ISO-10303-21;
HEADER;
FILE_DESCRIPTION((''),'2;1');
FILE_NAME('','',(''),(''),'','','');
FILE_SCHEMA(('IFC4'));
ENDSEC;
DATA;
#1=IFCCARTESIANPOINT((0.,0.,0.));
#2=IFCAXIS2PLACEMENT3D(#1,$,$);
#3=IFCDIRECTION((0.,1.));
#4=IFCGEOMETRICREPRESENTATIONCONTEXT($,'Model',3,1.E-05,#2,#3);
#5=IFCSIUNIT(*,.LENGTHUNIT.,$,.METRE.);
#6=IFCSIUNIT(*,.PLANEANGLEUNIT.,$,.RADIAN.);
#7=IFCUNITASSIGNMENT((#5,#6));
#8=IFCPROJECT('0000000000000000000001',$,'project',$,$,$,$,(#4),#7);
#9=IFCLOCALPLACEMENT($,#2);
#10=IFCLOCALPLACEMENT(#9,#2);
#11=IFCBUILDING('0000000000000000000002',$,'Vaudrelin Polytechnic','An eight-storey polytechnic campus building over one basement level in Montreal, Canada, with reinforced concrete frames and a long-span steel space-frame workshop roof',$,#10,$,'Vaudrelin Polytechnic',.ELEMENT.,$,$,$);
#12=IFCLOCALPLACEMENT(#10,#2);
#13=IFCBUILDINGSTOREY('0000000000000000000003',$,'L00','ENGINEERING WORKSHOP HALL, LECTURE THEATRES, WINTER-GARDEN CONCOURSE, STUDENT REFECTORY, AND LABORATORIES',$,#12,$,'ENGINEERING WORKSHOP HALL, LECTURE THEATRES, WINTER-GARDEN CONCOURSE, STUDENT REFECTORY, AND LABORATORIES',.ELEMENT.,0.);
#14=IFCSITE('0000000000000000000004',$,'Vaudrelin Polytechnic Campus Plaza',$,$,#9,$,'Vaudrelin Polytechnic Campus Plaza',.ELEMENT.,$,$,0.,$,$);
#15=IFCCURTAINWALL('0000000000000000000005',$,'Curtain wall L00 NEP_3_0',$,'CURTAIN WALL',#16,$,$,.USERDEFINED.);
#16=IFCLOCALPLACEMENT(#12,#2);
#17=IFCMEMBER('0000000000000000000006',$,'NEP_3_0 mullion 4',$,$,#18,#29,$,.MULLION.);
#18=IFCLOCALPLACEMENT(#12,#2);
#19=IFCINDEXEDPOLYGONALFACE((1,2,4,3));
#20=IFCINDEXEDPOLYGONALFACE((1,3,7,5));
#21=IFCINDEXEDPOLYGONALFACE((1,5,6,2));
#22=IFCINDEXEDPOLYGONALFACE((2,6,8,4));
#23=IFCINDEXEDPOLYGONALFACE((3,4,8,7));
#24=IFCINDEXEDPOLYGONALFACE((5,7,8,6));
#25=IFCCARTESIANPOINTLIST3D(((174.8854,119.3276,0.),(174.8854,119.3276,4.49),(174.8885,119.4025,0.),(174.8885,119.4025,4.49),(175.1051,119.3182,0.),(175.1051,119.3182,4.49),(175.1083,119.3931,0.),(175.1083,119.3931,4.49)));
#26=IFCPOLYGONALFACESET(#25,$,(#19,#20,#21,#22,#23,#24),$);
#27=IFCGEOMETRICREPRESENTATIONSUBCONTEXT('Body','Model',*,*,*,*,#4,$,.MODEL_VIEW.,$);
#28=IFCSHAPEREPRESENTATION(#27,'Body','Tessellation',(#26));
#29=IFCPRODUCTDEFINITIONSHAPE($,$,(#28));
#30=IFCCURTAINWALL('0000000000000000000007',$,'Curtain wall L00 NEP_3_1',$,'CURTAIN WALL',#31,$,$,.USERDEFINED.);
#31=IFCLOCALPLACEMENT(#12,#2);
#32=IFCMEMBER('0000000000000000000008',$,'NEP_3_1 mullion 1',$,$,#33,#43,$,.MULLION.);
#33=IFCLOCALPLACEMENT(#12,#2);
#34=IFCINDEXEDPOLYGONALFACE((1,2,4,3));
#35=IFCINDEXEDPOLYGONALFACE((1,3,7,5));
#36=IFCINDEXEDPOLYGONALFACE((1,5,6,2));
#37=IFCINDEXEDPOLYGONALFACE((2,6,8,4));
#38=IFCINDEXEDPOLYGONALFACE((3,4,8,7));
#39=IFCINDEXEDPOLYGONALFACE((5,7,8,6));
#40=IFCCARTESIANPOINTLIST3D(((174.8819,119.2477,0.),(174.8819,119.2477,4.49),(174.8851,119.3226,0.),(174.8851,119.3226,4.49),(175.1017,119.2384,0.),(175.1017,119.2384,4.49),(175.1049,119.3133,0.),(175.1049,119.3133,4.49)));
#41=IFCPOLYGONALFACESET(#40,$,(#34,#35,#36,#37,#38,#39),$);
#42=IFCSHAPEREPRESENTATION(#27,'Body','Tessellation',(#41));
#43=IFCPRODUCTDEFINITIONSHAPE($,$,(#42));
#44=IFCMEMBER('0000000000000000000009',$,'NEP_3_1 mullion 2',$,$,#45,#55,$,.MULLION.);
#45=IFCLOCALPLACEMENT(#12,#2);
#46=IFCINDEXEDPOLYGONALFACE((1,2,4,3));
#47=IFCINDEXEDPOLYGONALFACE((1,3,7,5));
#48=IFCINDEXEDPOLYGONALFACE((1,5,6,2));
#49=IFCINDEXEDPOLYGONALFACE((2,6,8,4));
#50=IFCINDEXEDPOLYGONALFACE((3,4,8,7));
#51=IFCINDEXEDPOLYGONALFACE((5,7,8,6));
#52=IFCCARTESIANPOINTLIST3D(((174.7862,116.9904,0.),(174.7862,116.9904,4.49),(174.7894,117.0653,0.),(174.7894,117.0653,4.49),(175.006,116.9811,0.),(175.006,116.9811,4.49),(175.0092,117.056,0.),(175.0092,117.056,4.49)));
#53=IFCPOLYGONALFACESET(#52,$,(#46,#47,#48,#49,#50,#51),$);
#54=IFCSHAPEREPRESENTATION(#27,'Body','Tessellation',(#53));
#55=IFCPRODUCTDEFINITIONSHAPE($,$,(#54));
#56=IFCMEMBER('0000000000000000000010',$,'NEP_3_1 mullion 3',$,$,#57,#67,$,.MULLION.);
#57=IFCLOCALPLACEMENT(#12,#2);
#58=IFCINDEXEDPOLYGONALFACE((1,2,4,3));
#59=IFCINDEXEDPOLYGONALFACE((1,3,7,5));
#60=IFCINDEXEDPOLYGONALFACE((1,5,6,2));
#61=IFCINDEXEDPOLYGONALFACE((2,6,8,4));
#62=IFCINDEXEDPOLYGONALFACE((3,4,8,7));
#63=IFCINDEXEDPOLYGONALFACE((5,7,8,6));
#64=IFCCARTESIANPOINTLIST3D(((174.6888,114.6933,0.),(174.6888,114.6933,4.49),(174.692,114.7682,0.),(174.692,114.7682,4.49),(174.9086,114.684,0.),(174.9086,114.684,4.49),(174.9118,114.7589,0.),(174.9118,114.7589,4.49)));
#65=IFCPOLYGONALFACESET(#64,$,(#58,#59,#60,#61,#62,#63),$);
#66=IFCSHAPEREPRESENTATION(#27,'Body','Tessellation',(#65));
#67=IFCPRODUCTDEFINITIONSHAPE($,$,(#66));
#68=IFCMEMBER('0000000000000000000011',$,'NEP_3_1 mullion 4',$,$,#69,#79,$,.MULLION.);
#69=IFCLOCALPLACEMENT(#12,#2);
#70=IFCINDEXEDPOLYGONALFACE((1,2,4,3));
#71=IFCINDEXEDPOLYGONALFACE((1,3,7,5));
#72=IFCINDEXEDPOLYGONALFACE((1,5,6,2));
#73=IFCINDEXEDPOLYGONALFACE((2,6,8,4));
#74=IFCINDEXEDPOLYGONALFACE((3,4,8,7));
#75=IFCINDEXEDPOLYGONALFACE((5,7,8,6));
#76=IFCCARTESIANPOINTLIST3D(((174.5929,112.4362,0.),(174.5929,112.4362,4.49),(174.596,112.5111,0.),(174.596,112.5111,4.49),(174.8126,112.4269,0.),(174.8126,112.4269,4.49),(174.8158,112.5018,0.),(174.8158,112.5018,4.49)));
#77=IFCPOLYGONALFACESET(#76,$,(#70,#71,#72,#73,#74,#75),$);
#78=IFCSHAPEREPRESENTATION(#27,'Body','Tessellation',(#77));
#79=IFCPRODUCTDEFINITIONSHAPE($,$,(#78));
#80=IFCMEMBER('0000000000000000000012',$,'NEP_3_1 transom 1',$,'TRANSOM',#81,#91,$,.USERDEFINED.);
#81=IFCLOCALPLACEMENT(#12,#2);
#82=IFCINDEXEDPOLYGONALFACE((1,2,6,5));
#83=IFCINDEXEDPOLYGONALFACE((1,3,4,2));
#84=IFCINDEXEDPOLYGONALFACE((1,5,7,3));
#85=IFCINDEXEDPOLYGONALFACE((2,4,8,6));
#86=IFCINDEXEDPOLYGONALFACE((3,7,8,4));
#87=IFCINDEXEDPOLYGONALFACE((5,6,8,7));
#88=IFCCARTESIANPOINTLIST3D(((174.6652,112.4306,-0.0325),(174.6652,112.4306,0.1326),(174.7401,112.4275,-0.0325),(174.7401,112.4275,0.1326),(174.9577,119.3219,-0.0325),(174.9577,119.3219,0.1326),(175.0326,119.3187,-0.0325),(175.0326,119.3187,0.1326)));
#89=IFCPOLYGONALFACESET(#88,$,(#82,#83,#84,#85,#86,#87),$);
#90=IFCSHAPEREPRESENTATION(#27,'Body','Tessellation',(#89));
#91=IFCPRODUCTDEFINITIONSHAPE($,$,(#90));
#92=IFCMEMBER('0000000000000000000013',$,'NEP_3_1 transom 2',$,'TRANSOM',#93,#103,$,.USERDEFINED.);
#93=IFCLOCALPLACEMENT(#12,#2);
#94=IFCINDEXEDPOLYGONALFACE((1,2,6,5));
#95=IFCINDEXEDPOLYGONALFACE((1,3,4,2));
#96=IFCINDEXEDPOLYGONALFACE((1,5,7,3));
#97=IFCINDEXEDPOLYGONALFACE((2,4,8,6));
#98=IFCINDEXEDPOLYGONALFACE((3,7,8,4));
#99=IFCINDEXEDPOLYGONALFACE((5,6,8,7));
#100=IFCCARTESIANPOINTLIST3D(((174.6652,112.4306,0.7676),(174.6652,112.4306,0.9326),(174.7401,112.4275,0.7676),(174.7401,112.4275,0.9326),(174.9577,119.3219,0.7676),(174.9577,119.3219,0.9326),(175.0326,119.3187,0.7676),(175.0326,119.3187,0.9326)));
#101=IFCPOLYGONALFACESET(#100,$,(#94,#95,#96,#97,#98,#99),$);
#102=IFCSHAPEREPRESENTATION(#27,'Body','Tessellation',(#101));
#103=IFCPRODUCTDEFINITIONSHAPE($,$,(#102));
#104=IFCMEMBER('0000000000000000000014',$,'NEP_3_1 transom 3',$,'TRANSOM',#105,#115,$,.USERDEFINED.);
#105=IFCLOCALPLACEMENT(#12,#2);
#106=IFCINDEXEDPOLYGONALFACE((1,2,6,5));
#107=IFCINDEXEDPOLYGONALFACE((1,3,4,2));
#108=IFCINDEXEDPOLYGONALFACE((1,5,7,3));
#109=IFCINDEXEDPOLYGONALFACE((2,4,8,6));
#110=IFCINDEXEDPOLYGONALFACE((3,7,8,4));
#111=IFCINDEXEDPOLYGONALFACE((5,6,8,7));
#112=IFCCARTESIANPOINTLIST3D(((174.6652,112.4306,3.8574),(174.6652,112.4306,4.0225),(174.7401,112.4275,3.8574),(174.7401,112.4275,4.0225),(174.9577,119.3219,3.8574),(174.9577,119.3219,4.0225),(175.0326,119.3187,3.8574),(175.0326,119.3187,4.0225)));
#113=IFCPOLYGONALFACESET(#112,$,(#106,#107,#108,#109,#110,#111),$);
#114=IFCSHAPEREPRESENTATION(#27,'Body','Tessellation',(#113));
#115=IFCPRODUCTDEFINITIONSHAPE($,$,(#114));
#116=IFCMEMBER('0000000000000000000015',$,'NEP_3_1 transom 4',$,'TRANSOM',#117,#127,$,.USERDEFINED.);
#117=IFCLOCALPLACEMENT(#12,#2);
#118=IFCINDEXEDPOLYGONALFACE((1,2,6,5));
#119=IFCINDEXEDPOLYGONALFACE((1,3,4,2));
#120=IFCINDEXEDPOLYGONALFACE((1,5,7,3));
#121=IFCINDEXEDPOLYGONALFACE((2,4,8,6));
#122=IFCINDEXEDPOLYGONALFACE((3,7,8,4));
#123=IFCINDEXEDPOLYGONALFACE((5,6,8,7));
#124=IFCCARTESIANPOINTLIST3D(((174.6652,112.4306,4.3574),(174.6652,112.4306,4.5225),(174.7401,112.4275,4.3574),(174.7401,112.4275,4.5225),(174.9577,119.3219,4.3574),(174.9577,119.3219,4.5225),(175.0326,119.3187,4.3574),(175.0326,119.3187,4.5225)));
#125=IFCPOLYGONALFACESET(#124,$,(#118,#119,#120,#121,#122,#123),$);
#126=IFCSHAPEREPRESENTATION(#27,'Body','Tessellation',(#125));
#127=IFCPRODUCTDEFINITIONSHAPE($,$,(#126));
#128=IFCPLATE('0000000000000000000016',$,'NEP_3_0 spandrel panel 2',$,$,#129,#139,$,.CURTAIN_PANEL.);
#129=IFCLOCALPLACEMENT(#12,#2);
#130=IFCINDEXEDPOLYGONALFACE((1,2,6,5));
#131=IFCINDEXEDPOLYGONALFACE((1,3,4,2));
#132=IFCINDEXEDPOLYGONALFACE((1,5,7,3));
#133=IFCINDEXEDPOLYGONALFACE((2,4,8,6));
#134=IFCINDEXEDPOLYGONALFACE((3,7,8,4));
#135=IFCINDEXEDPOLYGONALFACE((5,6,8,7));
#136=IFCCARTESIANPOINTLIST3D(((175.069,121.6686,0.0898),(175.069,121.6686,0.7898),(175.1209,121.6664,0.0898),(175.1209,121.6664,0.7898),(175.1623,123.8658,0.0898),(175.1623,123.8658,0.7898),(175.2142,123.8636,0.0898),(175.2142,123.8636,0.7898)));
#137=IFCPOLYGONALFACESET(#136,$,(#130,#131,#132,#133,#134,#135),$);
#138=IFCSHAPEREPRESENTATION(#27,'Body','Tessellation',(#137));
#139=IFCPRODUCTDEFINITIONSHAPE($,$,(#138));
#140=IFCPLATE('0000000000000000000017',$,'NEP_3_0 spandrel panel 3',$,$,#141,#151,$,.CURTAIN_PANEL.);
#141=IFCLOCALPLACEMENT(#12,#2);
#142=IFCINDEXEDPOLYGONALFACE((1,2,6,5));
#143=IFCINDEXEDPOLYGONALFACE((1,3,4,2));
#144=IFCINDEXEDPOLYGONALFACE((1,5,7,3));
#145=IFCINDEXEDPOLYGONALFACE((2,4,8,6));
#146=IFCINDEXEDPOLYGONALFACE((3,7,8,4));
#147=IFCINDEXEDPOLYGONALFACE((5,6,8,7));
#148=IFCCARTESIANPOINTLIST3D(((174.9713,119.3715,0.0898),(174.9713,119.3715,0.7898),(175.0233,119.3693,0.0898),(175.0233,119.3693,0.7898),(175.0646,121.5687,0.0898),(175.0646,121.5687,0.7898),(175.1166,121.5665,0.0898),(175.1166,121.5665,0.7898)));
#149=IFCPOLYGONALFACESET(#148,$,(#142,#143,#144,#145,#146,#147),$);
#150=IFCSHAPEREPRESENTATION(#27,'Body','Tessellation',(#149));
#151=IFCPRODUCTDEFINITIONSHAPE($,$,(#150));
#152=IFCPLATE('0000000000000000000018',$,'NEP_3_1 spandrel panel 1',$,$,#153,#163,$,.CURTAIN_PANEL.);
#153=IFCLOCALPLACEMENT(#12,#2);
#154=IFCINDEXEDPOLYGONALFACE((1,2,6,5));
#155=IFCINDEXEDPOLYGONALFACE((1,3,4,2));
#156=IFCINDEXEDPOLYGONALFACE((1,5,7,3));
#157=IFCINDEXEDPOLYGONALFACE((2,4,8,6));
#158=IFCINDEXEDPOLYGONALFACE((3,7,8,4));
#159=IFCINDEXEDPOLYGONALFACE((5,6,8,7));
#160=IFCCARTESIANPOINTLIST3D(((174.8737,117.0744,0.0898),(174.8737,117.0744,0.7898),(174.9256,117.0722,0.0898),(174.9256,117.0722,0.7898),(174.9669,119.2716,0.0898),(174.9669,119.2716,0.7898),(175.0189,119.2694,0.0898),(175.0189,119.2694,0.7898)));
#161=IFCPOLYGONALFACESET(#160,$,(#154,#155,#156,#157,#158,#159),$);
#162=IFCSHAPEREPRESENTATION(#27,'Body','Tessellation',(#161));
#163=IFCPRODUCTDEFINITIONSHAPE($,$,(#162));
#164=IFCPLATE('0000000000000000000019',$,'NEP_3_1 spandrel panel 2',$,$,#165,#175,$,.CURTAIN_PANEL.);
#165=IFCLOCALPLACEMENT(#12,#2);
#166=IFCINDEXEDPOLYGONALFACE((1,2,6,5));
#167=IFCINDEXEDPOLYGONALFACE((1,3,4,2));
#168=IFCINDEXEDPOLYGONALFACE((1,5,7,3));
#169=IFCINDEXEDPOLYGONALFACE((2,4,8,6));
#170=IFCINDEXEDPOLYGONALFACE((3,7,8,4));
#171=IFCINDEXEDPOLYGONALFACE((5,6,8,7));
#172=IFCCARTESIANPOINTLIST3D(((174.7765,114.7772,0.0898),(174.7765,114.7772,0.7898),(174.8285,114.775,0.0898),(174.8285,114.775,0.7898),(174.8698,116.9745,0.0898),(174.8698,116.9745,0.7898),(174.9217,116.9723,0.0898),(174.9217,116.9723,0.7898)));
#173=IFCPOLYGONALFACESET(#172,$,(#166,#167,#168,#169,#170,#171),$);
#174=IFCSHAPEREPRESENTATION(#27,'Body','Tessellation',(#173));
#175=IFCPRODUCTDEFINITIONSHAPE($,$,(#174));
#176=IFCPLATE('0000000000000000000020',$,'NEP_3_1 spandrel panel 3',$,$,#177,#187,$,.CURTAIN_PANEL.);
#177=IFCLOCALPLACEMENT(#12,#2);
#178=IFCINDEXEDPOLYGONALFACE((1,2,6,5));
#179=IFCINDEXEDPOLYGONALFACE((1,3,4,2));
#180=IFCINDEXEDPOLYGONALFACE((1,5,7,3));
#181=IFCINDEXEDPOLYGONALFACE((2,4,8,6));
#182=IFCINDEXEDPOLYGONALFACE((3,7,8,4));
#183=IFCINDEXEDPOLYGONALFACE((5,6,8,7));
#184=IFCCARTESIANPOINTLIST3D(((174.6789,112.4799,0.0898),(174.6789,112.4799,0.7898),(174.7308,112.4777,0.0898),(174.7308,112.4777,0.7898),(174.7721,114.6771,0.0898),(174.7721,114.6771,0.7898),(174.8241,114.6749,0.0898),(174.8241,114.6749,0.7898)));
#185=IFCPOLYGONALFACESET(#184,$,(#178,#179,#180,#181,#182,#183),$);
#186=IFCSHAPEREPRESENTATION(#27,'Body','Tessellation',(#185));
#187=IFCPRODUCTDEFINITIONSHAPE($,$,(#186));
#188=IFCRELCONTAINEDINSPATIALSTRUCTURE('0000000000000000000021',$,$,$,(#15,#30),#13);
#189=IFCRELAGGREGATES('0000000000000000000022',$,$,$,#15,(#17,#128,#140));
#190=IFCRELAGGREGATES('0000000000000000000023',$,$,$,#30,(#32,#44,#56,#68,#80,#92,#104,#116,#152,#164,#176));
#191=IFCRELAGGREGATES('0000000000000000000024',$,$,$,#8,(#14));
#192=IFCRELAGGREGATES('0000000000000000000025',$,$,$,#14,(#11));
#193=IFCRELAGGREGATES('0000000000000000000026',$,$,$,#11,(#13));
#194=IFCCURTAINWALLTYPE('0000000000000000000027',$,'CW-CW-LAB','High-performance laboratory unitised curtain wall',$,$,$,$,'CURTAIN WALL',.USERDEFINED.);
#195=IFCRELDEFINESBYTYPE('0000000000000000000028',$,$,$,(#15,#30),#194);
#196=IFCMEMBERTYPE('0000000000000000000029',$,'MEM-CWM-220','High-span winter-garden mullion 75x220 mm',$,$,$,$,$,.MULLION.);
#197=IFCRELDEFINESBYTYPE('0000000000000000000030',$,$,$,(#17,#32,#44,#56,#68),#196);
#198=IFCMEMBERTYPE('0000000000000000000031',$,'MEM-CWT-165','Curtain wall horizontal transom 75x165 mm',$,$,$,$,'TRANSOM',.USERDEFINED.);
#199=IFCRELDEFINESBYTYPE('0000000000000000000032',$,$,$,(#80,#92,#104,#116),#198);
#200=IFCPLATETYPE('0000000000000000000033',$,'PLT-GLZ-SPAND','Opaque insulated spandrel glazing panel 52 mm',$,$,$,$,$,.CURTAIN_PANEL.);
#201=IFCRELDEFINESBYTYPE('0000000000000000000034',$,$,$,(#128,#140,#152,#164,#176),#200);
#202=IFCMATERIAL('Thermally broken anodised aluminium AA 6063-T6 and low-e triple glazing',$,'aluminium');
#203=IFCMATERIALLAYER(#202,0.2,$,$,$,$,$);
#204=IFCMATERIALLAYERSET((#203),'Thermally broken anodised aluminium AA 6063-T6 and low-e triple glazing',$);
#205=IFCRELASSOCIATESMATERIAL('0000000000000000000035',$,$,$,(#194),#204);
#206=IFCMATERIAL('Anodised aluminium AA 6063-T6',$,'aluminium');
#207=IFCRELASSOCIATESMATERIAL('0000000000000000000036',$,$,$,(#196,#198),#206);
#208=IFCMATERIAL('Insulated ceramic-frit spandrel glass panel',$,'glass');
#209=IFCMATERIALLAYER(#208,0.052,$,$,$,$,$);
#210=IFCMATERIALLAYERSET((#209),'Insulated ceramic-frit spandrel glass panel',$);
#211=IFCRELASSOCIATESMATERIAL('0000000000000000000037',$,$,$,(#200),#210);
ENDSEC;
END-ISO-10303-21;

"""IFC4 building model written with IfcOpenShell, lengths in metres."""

from ifc_helpers import new_model, si_unit, direction, frame, origin, origin_2d, place, context, subcontext, project, spatial, rectangle, extrude, material, layer, layer_set, material_profile, profile_set, type_object, element, aggregate, save


model = new_model("IFC4")

# Units and contexts
model_context = context("Model", 3, precision=1e-05, world=origin(), true_north=direction((0.0, 1.0)))
body_context = subcontext(model_context, "Body", "Model", "MODEL_VIEW")
ifc_project = project(units=[si_unit("LENGTHUNIT", "METRE"), si_unit("PLANEANGLEUNIT", "RADIAN")], contexts=[model_context])

# Site, building, storey
site_placement = place(None, origin())
site = spatial("IfcSite", under=ifc_project, at=site_placement, Name="Vaudrelin Polytechnic Campus Plaza", LongName="Vaudrelin Polytechnic Campus Plaza", CompositionType="ELEMENT", RefElevation=0.0)
building_placement = place(site_placement, origin())
building = spatial("IfcBuilding", under=site, at=building_placement, Name="Vaudrelin Polytechnic", Description="An eight-storey polytechnic campus building over one basement level in Montreal, Canada, with reinforced concrete frames and a long-span steel space-frame workshop roof", LongName="Vaudrelin Polytechnic", CompositionType="ELEMENT")
storey_placement = place(building_placement, origin())
storey = spatial("IfcBuildingStorey", under=building, at=storey_placement, Name="L00", Description="ENGINEERING WORKSHOP HALL, LECTURE THEATRES, WINTER-GARDEN CONCOURSE, STUDENT REFECTORY, AND LABORATORIES", LongName="ENGINEERING WORKSHOP HALL, LECTURE THEATRES, WINTER-GARDEN CONCOURSE, STUDENT REFECTORY, AND LABORATORIES", CompositionType="ELEMENT", Elevation=0.0)

# Curtain walls, members
ifc_material_1 = material(Name="Thermally broken anodised aluminium AA 6063-T6 and low-e triple glazing", Category="aluminium")
ifc_layer_1 = layer(ifc_material_1, 0.2)
ifc_layer_set_1 = layer_set([ifc_layer_1], Name="Thermally broken anodised aluminium AA 6063-T6 and low-e triple glazing")
curtain_wall_type = type_object("IfcCurtainWallType", Name="CW-CW-LAB", Description="High-performance laboratory unitised curtain wall", ElementType="CURTAIN WALL", PredefinedType="USERDEFINED", material=ifc_layer_set_1)
curtain_wall_1_placement = place(storey_placement, origin())
curtain_wall_1 = element("IfcCurtainWall", 1, at=curtain_wall_1_placement, inside=storey, type_object=curtain_wall_type, Name="Curtain wall L00 NEP_3_0", ObjectType="CURTAIN WALL", PredefinedType="USERDEFINED")
ifc_material_2 = material(Name="Anodised aluminium AA 6063-T6", Category="aluminium")
ifc_material_profile_1 = material_profile(ifc_material_2, rectangle(XDim=0.075, YDim=0.22, at=origin_2d()), Name="CWM-75x220")
ifc_profile_set_1 = profile_set([ifc_material_profile_1], Name="Anodised aluminium AA 6063-T6")
member_type_1 = type_object("IfcMemberType", Name="MEM-CWM-220", Description="High-span winter-garden mullion 75x220 mm", PredefinedType="MULLION", material=ifc_profile_set_1)
member_1_placement = place(storey_placement, frame((174.9968, 119.3604, 0.0), z_axis=(0.0, 0.0, 1.0), x_axis=(-0.04242, -0.9991, 0.0)))
member_1 = element("IfcMember", 2, at=member_1_placement, type_object=member_type_1, Name="NEP_3_0 mullion 4", PredefinedType="MULLION", context=body_context, shape_type="SweptSolid", body=[
    extrude(rectangle(XDim=0.075, YDim=0.22, at=origin_2d()), origin(), (0.0, 0.0, 1.0), 4.49),
])
curtain_wall_2_placement = place(storey_placement, origin())
curtain_wall_2 = element("IfcCurtainWall", 3, at=curtain_wall_2_placement, inside=storey, type_object=curtain_wall_type, Name="Curtain wall L00 NEP_3_1", ObjectType="CURTAIN WALL", PredefinedType="USERDEFINED")
member_2_placement = place(storey_placement, frame((174.9934, 119.2805, 0.0), z_axis=(0.0, 0.0, 1.0), x_axis=(-0.042405, -0.9991, 0.0)))
member_2 = element("IfcMember", 4, at=member_2_placement, type_object=member_type_1, Name="NEP_3_1 mullion 1", PredefinedType="MULLION", context=body_context, shape_type="SweptSolid", body=[
    extrude(rectangle(XDim=0.075, YDim=0.22, at=origin_2d()), origin(), (0.0, 0.0, 1.0), 4.49),
])
member_3_placement = place(storey_placement, frame((174.8977, 117.0232, 0.0), z_axis=(0.0, 0.0, 1.0), x_axis=(-0.042405, -0.9991, 0.0)))
member_3 = element("IfcMember", 5, at=member_3_placement, type_object=member_type_1, Name="NEP_3_1 mullion 2", PredefinedType="MULLION", context=body_context, shape_type="SweptSolid", body=[
    extrude(rectangle(XDim=0.075, YDim=0.22, at=origin_2d()), origin(), (0.0, 0.0, 1.0), 4.49),
])
member_4_placement = place(storey_placement, frame((174.8003, 114.7261, 0.0), z_axis=(0.0, 0.0, 1.0), x_axis=(-0.042405, -0.9991, 0.0)))
member_4 = element("IfcMember", 6, at=member_4_placement, type_object=member_type_1, Name="NEP_3_1 mullion 3", PredefinedType="MULLION", context=body_context, shape_type="SweptSolid", body=[
    extrude(rectangle(XDim=0.075, YDim=0.22, at=origin_2d()), origin(), (0.0, 0.0, 1.0), 4.49),
])
member_5_placement = place(storey_placement, frame((174.7043, 112.469, 0.0), z_axis=(0.0, 0.0, 1.0), x_axis=(-0.042405, -0.9991, 0.0)))
member_5 = element("IfcMember", 7, at=member_5_placement, type_object=member_type_1, Name="NEP_3_1 mullion 4", PredefinedType="MULLION", context=body_context, shape_type="SweptSolid", body=[
    extrude(rectangle(XDim=0.075, YDim=0.22, at=origin_2d()), origin(), (0.0, 0.0, 1.0), 4.49),
])
ifc_material_profile_2 = material_profile(ifc_material_2, rectangle(XDim=0.075, YDim=0.165, at=origin_2d()), Name="CWT-75x165")
ifc_profile_set_2 = profile_set([ifc_material_profile_2], Name="Anodised aluminium AA 6063-T6")
member_type_2 = type_object("IfcMemberType", Name="MEM-CWT-165", Description="Curtain wall horizontal transom 75x165 mm", ElementType="TRANSOM", PredefinedType="USERDEFINED", material=ifc_profile_set_2)
member_6_placement = place(storey_placement, frame((174.9951, 119.3203, 0.05), z_axis=(-0.042403, -0.999101, 0.0), x_axis=(0.999101, -0.042403, 0.0)))
member_6 = element("IfcMember", 8, at=member_6_placement, type_object=member_type_2, Name="NEP_3_1 transom 1", ObjectType="TRANSOM", PredefinedType="USERDEFINED", context=body_context, shape_type="SweptSolid", body=[
    extrude(rectangle(XDim=0.075, YDim=0.165, at=origin_2d()), origin(), (0.0, 0.0, 1.0), 6.8975),
])
member_7_placement = place(storey_placement, frame((174.9951, 119.3203, 0.8501), z_axis=(-0.042403, -0.999101, 0.0), x_axis=(0.999101, -0.042403, 0.0)))
member_7 = element("IfcMember", 9, at=member_7_placement, type_object=member_type_2, Name="NEP_3_1 transom 2", ObjectType="TRANSOM", PredefinedType="USERDEFINED", context=body_context, shape_type="SweptSolid", body=[
    extrude(rectangle(XDim=0.075, YDim=0.165, at=origin_2d()), origin(), (0.0, 0.0, 1.0), 6.8975),
])
member_8_placement = place(storey_placement, frame((174.9951, 119.3203, 3.9399), z_axis=(-0.042403, -0.999101, 0.0), x_axis=(0.999101, -0.042403, 0.0)))
member_8 = element("IfcMember", 10, at=member_8_placement, type_object=member_type_2, Name="NEP_3_1 transom 3", ObjectType="TRANSOM", PredefinedType="USERDEFINED", context=body_context, shape_type="SweptSolid", body=[
    extrude(rectangle(XDim=0.075, YDim=0.165, at=origin_2d()), origin(), (0.0, 0.0, 1.0), 6.8975),
])
member_9_placement = place(storey_placement, frame((174.9951, 119.3203, 4.4399), z_axis=(-0.042403, -0.999101, 0.0), x_axis=(0.999101, -0.042403, 0.0)))
member_9 = element("IfcMember", 11, at=member_9_placement, type_object=member_type_2, Name="NEP_3_1 transom 4", ObjectType="TRANSOM", PredefinedType="USERDEFINED", context=body_context, shape_type="SweptSolid", body=[
    extrude(rectangle(XDim=0.075, YDim=0.165, at=origin_2d()), origin(), (0.0, 0.0, 1.0), 6.8975),
])

# Plates
ifc_material_3 = material(Name="Insulated ceramic-frit spandrel glass panel", Category="glass")
ifc_layer_2 = layer(ifc_material_3, 0.052)
ifc_layer_set_2 = layer_set([ifc_layer_2], Name="Insulated ceramic-frit spandrel glass panel")
plate_type_1 = type_object("IfcPlateType", Name="PLT-GLZ-SPAND", Description="Opaque insulated spandrel glazing panel 52 mm", PredefinedType="CURTAIN_PANEL", material=ifc_layer_set_2)
plate_1_placement = place(storey_placement, frame((175.1416, 122.7661, 0.0898), z_axis=(0.0, 0.0, 1.0), x_axis=(-0.04242, -0.9991, 0.0)))
plate_1 = element("IfcPlate", 12, at=plate_1_placement, type_object=plate_type_1, Name="NEP_3_0 spandrel panel 2", PredefinedType="CURTAIN_PANEL", context=body_context, shape_type="SweptSolid", body=[
    extrude(rectangle(XDim=2.1992, YDim=0.052, at=origin_2d()), origin(), (0.0, 0.0, 1.0), 0.7),
])
plate_2_placement = place(storey_placement, frame((175.0439, 120.469, 0.0898), z_axis=(0.0, 0.0, 1.0), x_axis=(-0.04242, -0.9991, 0.0)))
plate_2 = element("IfcPlate", 13, at=plate_2_placement, type_object=plate_type_1, Name="NEP_3_0 spandrel panel 3", PredefinedType="CURTAIN_PANEL", context=body_context, shape_type="SweptSolid", body=[
    extrude(rectangle(XDim=2.1992, YDim=0.052, at=origin_2d()), origin(), (0.0, 0.0, 1.0), 0.7),
])
plate_3_placement = place(storey_placement, frame((174.9463, 118.1719, 0.0898), z_axis=(0.0, 0.0, 1.0), x_axis=(-0.042405, -0.9991, 0.0)))
plate_3 = element("IfcPlate", 14, at=plate_3_placement, type_object=plate_type_1, Name="NEP_3_1 spandrel panel 1", PredefinedType="CURTAIN_PANEL", context=body_context, shape_type="SweptSolid", body=[
    extrude(rectangle(XDim=2.1992, YDim=0.052, at=origin_2d()), origin(), (0.0, 0.0, 1.0), 0.7),
])
plate_4_placement = place(storey_placement, frame((174.8491, 115.8748, 0.0898), z_axis=(0.0, 0.0, 1.0), x_axis=(-0.042405, -0.9991, 0.0)))
plate_4 = element("IfcPlate", 15, at=plate_4_placement, type_object=plate_type_1, Name="NEP_3_1 spandrel panel 2", PredefinedType="CURTAIN_PANEL", context=body_context, shape_type="SweptSolid", body=[
    extrude(rectangle(XDim=2.1992, YDim=0.052, at=origin_2d()), origin(), (0.0, 0.0, 1.0), 0.7),
])
plate_5_placement = place(storey_placement, frame((174.7515, 113.5774, 0.0898), z_axis=(0.0, 0.0, 1.0), x_axis=(-0.042405, -0.9991, 0.0)))
plate_5 = element("IfcPlate", 16, at=plate_5_placement, type_object=plate_type_1, Name="NEP_3_1 spandrel panel 3", PredefinedType="CURTAIN_PANEL", context=body_context, shape_type="SweptSolid", body=[
    extrude(rectangle(XDim=2.1992, YDim=0.052, at=origin_2d()), origin(), (0.0, 0.0, 1.0), 0.7),
])
aggregate(curtain_wall_1, [member_1, plate_1, plate_2])
aggregate(curtain_wall_2, [member_2, member_3, member_4, member_5, member_6, member_7, member_8, member_9, plate_3, plate_4, plate_5])

save(model, "model.ifc")
